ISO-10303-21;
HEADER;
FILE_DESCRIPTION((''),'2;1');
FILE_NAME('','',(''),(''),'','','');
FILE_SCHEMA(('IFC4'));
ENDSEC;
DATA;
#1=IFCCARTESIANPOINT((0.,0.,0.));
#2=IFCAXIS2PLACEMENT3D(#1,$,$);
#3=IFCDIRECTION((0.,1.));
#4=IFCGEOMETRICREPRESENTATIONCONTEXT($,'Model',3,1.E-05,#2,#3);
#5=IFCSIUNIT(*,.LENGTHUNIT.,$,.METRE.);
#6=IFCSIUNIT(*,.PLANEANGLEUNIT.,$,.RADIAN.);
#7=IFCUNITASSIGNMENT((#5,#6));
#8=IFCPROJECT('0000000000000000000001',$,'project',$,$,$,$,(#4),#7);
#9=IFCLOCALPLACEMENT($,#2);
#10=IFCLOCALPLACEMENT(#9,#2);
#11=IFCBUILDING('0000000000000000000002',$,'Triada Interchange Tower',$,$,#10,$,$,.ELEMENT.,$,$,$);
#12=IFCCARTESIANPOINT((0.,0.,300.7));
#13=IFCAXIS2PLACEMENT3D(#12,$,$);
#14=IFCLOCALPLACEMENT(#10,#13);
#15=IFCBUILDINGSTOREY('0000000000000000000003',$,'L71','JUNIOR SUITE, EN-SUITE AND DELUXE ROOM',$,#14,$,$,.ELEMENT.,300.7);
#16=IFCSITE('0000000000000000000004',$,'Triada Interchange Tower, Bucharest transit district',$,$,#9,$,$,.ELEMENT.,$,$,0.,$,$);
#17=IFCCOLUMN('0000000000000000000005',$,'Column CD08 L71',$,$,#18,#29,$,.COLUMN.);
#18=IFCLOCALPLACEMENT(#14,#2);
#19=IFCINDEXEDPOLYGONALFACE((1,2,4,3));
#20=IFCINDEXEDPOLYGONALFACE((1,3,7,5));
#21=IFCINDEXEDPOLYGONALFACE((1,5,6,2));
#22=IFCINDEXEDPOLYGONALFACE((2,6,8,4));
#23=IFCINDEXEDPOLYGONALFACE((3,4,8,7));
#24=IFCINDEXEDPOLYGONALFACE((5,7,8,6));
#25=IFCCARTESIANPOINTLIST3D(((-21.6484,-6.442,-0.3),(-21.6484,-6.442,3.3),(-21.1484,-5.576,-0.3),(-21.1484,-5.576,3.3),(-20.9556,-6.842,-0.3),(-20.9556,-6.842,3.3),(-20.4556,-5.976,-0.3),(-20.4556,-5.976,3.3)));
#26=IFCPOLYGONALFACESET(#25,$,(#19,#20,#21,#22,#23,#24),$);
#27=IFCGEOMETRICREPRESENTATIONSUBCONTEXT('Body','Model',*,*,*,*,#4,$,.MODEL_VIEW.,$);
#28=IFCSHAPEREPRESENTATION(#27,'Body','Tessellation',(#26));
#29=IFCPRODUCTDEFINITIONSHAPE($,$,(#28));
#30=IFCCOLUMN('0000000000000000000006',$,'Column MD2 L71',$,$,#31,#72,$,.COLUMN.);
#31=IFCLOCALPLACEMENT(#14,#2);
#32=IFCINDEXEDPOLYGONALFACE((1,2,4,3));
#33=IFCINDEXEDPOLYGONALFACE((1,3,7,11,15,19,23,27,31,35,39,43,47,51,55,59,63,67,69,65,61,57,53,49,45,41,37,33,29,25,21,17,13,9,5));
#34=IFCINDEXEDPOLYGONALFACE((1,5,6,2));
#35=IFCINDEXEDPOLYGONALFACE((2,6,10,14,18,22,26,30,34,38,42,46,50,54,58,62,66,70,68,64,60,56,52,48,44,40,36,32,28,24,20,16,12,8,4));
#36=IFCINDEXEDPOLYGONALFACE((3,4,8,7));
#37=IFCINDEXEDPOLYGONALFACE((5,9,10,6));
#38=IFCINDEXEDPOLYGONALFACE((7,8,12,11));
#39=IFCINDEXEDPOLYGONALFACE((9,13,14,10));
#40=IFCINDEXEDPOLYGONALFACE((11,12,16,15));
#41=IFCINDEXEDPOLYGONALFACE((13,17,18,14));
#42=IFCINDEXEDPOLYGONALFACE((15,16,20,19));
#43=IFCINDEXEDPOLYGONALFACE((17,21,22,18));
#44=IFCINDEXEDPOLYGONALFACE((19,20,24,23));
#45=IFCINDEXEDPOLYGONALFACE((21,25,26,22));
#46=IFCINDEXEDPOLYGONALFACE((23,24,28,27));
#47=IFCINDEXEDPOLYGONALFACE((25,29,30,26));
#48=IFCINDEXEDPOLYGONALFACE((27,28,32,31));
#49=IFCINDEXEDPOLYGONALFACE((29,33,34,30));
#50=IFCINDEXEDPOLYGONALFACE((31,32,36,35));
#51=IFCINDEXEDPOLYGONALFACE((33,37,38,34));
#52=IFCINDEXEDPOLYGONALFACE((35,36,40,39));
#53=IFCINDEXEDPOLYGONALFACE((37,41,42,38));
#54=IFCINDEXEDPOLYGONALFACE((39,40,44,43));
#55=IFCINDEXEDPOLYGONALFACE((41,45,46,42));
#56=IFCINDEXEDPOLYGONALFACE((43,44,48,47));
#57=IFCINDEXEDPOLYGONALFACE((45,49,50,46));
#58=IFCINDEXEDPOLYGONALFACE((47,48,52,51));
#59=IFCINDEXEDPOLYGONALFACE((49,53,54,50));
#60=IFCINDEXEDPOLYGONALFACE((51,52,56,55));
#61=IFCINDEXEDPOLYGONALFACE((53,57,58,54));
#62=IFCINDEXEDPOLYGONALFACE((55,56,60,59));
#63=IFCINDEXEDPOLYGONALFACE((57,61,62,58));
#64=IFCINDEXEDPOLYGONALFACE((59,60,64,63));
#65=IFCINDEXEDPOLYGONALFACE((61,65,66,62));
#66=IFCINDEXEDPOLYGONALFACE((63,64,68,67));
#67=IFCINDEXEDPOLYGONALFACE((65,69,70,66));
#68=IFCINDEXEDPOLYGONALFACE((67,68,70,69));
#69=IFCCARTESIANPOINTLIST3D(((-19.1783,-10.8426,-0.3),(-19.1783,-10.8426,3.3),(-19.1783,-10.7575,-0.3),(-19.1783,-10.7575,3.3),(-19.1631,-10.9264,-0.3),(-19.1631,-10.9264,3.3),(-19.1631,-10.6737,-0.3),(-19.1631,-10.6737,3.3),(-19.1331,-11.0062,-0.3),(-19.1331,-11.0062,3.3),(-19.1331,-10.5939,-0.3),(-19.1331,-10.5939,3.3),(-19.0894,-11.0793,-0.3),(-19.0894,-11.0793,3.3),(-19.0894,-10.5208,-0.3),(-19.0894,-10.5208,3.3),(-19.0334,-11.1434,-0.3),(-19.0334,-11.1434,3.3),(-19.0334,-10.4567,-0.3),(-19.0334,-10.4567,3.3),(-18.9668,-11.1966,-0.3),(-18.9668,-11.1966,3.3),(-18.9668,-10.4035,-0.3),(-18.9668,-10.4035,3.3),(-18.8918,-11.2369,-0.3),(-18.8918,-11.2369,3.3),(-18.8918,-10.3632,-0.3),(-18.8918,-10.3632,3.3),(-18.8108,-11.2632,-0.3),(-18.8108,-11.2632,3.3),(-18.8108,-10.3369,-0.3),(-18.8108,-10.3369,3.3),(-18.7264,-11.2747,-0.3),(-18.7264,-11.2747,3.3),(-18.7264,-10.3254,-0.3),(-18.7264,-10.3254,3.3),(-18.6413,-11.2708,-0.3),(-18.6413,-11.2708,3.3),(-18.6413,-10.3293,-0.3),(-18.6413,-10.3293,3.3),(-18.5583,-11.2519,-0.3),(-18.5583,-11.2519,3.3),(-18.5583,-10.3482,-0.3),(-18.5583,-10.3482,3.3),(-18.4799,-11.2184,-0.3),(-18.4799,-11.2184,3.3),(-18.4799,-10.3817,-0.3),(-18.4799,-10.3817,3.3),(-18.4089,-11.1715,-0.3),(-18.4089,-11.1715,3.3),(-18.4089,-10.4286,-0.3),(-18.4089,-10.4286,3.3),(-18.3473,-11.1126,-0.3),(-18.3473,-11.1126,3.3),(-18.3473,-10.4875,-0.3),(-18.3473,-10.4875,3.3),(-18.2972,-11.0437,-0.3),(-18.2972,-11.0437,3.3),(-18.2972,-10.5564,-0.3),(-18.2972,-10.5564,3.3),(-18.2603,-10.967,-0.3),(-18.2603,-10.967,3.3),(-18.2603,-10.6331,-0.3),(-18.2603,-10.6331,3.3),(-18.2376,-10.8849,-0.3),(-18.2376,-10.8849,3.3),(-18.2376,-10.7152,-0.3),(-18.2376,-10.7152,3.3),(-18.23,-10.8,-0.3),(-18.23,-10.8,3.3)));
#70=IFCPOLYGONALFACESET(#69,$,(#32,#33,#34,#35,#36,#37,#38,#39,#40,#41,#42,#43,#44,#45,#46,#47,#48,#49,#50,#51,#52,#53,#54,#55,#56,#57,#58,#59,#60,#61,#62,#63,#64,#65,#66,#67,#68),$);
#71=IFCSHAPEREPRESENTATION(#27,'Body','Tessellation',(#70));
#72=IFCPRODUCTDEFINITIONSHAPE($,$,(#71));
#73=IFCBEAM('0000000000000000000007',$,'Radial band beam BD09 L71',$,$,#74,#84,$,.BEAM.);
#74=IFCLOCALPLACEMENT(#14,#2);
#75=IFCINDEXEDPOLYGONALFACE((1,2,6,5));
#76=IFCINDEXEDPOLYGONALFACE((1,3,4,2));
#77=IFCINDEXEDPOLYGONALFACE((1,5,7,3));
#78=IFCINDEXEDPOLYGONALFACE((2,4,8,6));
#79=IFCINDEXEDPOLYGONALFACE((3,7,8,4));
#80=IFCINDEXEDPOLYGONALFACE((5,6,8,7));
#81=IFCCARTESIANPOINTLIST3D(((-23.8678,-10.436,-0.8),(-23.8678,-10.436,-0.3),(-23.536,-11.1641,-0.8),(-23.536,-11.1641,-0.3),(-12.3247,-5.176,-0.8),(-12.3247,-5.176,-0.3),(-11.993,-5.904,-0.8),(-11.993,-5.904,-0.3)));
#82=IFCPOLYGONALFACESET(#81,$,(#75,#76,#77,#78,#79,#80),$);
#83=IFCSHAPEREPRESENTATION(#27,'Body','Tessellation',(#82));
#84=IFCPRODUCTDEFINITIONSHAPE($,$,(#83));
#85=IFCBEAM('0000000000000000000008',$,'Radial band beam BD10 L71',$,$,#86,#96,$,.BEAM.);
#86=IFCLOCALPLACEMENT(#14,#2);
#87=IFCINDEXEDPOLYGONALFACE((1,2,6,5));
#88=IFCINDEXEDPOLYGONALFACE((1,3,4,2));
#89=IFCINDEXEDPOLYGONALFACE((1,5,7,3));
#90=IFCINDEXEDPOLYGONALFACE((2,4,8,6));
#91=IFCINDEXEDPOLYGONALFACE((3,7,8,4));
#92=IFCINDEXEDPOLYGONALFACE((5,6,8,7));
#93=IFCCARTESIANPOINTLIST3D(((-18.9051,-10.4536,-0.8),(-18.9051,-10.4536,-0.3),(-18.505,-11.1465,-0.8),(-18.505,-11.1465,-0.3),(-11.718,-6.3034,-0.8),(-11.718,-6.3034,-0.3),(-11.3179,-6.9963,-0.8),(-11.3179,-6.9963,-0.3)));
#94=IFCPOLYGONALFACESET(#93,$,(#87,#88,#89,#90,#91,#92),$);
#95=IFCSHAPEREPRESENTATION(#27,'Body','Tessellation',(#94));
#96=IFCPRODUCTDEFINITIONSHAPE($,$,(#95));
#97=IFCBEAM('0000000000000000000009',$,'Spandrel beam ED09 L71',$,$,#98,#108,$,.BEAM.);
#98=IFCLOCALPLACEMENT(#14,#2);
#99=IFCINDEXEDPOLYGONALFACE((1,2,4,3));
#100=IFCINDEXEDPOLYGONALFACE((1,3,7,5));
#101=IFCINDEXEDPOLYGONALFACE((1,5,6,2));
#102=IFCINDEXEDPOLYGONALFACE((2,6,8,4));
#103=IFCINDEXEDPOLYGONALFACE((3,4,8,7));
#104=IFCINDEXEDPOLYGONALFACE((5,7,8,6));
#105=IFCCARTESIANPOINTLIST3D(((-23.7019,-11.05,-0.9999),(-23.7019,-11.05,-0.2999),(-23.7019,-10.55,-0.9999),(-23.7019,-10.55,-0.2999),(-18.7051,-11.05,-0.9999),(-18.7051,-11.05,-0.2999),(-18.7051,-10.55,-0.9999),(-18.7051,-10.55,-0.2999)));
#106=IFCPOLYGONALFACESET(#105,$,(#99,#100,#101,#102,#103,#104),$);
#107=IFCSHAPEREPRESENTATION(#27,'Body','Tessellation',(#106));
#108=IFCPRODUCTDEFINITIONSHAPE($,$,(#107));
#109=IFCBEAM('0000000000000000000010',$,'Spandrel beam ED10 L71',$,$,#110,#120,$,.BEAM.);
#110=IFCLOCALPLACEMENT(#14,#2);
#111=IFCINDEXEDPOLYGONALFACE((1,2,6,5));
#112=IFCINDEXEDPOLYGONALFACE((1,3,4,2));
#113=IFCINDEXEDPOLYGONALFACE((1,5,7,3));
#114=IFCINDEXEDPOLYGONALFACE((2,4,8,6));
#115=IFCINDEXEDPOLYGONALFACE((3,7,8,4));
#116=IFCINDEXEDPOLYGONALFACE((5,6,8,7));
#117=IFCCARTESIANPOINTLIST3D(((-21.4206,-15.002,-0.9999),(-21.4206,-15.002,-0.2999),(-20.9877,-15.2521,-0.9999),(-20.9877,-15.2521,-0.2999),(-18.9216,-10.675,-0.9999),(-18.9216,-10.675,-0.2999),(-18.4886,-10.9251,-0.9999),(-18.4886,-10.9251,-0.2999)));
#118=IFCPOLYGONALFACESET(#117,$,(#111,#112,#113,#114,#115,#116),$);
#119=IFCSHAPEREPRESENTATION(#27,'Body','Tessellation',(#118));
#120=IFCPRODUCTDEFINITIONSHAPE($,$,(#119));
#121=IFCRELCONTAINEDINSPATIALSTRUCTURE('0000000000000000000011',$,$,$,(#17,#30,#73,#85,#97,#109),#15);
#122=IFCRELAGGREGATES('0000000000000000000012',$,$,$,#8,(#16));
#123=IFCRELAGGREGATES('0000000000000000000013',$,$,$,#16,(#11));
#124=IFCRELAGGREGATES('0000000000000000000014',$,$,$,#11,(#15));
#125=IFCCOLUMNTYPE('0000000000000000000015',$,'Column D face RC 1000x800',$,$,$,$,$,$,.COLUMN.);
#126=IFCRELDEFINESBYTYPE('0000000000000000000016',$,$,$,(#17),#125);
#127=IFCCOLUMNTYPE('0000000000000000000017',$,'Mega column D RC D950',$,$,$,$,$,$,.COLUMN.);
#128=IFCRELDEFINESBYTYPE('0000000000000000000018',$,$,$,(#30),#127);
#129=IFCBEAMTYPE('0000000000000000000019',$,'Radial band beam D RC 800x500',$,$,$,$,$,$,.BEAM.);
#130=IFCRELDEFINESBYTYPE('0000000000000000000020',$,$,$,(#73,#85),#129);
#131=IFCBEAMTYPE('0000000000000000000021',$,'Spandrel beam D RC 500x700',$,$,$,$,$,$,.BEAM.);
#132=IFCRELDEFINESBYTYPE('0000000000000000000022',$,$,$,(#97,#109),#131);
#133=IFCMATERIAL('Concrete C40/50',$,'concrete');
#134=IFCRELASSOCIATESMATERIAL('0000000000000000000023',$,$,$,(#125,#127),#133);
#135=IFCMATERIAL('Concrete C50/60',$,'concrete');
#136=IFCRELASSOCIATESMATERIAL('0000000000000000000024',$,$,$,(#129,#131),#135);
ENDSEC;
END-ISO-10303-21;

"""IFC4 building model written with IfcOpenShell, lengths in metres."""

from ifc_helpers import new_model, si_unit, direction, frame, origin, origin_2d, place, context, subcontext, project, spatial, rectangle, circle, extrude, material, material_profile, profile_set, type_object, element, save


model = new_model("IFC4")

# Units and contexts
model_context = context("Model", 3, precision=1e-05, world=origin(), true_north=direction((0.0, 1.0)))
body_context = subcontext(model_context, "Body", "Model", "MODEL_VIEW")
ifc_project = project(units=[si_unit("LENGTHUNIT", "METRE"), si_unit("PLANEANGLEUNIT", "RADIAN")], contexts=[model_context])

# Site, building, storey
site_placement = place(None, origin())
site = spatial("IfcSite", under=ifc_project, at=site_placement, Name="Triada Interchange Tower, Bucharest transit district", CompositionType="ELEMENT", RefElevation=0.0)
building_placement = place(site_placement, origin())
building = spatial("IfcBuilding", under=site, at=building_placement, Name="Triada Interchange Tower", CompositionType="ELEMENT")
storey_placement = place(building_placement, frame((0.0, 0.0, 300.7)))
storey = spatial("IfcBuildingStorey", under=building, at=storey_placement, Name="L71", Description="JUNIOR SUITE, EN-SUITE AND DELUXE ROOM", CompositionType="ELEMENT", Elevation=300.7)

# Columns
ifc_material_1 = material(Name="Concrete C40/50", Category="concrete")
ifc_material_profile_1 = material_profile(ifc_material_1, rectangle(XDim=1.0, YDim=0.8, at=origin_2d()), Name="RC 1000x800")
ifc_profile_set_1 = profile_set([ifc_material_profile_1], Name="Concrete C40/50")
column_type_1 = type_object("IfcColumnType", Name="Column D face RC 1000x800", PredefinedType="COLUMN", material=ifc_profile_set_1)
column_1_placement = place(storey_placement, frame((-21.052, -6.209, -0.3), z_axis=(0.0, 0.0, 1.0), x_axis=(0.5, 0.866025, 0.0)))
element("IfcColumn", 1, at=column_1_placement, inside=storey, type_object=column_type_1, Name="Column CD08 L71", PredefinedType="COLUMN", context=body_context, shape_type="SweptSolid", body=[
    extrude(rectangle(XDim=1.0, YDim=0.8, at=origin_2d()), origin(), (0.0, 0.0, 1.0), 3.6001),
])
ifc_material_profile_2 = material_profile(ifc_material_1, circle(Radius=0.4751, at=origin_2d()), Name="RC D950")
ifc_profile_set_2 = profile_set([ifc_material_profile_2], Name="Concrete C40/50")
column_type_2 = type_object("IfcColumnType", Name="Mega column D RC D950", PredefinedType="COLUMN", material=ifc_profile_set_2)
column_2_placement = place(storey_placement, frame((-18.7051, -10.8, -0.3), z_axis=(0.0, 0.0, 1.0), x_axis=(1.0, 0.0, 0.0)))
element("IfcColumn", 2, at=column_2_placement, inside=storey, type_object=column_type_2, Name="Column MD2 L71", PredefinedType="COLUMN", context=body_context, shape_type="SweptSolid", body=[
    extrude(circle(Radius=0.4751, at=origin_2d()), origin(), (0.0, 0.0, 1.0), 3.6001),
])

# Beams
ifc_material_2 = material(Name="Concrete C50/60", Category="concrete")
ifc_material_profile_3 = material_profile(ifc_material_2, rectangle(XDim=0.8, YDim=0.5, at=origin_2d()), Name="RC 800x500")
ifc_profile_set_3 = profile_set([ifc_material_profile_3], Name="Concrete C50/60")
beam_type_1 = type_object("IfcBeamType", Name="Radial band beam D RC 800x500", PredefinedType="BEAM", material=ifc_profile_set_3)
beam_1_placement = place(storey_placement, frame((-23.7019, -10.8, -0.55), z_axis=(0.909974, 0.414666, 0.0), x_axis=(-0.414666, 0.909974, 0.0)))
element("IfcBeam", 3, at=beam_1_placement, inside=storey, type_object=beam_type_1, Name="Radial band beam BD09 L71", PredefinedType="BEAM", context=body_context, shape_type="SweptSolid", body=[
    extrude(rectangle(XDim=0.8, YDim=0.5, at=origin_2d()), origin(), (0.0, 0.0, 1.0), 12.6851),
])
beam_2_placement = place(storey_placement, frame((-18.7051, -10.8, -0.55), z_axis=(0.865988, 0.500065, 0.0), x_axis=(-0.500065, 0.865988, 0.0)))
element("IfcBeam", 4, at=beam_2_placement, inside=storey, type_object=beam_type_1, Name="Radial band beam BD10 L71", PredefinedType="BEAM", context=body_context, shape_type="SweptSolid", body=[
    extrude(rectangle(XDim=0.8, YDim=0.5, at=origin_2d()), origin(), (0.0, 0.0, 1.0), 8.2993),
])
ifc_material_profile_4 = material_profile(ifc_material_2, rectangle(XDim=0.5, YDim=0.7, at=origin_2d()), Name="RC 500x700")
ifc_profile_set_4 = profile_set([ifc_material_profile_4], Name="Concrete C50/60")
beam_type_2 = type_object("IfcBeamType", Name="Spandrel beam D RC 500x700", PredefinedType="BEAM", material=ifc_profile_set_4)
for number, where, z_axis, x_axis, name in (
    (5, (-23.7019, -10.8, -0.6499), (1.0, 0.0, 0.0), (0.0, 1.0, 0.0), "Spandrel beam ED09 L71"),
    (6, (-18.7051, -10.8, -0.6499), (-0.500133, -0.865949, 0.0), (0.865949, -0.500133, 0.0), "Spandrel beam ED10 L71"),
):
    element("IfcBeam", number, at=place(storey_placement, frame(where, z_axis=z_axis, x_axis=x_axis)), inside=storey, type_object=beam_type_2, Name=name, PredefinedType="BEAM", context=body_context, shape_type="SweptSolid", body=[
        extrude(rectangle(XDim=0.5, YDim=0.7, at=origin_2d()), origin(), (0.0, 0.0, 1.0), 4.9968),
    ])

save(model, "model.ifc")
